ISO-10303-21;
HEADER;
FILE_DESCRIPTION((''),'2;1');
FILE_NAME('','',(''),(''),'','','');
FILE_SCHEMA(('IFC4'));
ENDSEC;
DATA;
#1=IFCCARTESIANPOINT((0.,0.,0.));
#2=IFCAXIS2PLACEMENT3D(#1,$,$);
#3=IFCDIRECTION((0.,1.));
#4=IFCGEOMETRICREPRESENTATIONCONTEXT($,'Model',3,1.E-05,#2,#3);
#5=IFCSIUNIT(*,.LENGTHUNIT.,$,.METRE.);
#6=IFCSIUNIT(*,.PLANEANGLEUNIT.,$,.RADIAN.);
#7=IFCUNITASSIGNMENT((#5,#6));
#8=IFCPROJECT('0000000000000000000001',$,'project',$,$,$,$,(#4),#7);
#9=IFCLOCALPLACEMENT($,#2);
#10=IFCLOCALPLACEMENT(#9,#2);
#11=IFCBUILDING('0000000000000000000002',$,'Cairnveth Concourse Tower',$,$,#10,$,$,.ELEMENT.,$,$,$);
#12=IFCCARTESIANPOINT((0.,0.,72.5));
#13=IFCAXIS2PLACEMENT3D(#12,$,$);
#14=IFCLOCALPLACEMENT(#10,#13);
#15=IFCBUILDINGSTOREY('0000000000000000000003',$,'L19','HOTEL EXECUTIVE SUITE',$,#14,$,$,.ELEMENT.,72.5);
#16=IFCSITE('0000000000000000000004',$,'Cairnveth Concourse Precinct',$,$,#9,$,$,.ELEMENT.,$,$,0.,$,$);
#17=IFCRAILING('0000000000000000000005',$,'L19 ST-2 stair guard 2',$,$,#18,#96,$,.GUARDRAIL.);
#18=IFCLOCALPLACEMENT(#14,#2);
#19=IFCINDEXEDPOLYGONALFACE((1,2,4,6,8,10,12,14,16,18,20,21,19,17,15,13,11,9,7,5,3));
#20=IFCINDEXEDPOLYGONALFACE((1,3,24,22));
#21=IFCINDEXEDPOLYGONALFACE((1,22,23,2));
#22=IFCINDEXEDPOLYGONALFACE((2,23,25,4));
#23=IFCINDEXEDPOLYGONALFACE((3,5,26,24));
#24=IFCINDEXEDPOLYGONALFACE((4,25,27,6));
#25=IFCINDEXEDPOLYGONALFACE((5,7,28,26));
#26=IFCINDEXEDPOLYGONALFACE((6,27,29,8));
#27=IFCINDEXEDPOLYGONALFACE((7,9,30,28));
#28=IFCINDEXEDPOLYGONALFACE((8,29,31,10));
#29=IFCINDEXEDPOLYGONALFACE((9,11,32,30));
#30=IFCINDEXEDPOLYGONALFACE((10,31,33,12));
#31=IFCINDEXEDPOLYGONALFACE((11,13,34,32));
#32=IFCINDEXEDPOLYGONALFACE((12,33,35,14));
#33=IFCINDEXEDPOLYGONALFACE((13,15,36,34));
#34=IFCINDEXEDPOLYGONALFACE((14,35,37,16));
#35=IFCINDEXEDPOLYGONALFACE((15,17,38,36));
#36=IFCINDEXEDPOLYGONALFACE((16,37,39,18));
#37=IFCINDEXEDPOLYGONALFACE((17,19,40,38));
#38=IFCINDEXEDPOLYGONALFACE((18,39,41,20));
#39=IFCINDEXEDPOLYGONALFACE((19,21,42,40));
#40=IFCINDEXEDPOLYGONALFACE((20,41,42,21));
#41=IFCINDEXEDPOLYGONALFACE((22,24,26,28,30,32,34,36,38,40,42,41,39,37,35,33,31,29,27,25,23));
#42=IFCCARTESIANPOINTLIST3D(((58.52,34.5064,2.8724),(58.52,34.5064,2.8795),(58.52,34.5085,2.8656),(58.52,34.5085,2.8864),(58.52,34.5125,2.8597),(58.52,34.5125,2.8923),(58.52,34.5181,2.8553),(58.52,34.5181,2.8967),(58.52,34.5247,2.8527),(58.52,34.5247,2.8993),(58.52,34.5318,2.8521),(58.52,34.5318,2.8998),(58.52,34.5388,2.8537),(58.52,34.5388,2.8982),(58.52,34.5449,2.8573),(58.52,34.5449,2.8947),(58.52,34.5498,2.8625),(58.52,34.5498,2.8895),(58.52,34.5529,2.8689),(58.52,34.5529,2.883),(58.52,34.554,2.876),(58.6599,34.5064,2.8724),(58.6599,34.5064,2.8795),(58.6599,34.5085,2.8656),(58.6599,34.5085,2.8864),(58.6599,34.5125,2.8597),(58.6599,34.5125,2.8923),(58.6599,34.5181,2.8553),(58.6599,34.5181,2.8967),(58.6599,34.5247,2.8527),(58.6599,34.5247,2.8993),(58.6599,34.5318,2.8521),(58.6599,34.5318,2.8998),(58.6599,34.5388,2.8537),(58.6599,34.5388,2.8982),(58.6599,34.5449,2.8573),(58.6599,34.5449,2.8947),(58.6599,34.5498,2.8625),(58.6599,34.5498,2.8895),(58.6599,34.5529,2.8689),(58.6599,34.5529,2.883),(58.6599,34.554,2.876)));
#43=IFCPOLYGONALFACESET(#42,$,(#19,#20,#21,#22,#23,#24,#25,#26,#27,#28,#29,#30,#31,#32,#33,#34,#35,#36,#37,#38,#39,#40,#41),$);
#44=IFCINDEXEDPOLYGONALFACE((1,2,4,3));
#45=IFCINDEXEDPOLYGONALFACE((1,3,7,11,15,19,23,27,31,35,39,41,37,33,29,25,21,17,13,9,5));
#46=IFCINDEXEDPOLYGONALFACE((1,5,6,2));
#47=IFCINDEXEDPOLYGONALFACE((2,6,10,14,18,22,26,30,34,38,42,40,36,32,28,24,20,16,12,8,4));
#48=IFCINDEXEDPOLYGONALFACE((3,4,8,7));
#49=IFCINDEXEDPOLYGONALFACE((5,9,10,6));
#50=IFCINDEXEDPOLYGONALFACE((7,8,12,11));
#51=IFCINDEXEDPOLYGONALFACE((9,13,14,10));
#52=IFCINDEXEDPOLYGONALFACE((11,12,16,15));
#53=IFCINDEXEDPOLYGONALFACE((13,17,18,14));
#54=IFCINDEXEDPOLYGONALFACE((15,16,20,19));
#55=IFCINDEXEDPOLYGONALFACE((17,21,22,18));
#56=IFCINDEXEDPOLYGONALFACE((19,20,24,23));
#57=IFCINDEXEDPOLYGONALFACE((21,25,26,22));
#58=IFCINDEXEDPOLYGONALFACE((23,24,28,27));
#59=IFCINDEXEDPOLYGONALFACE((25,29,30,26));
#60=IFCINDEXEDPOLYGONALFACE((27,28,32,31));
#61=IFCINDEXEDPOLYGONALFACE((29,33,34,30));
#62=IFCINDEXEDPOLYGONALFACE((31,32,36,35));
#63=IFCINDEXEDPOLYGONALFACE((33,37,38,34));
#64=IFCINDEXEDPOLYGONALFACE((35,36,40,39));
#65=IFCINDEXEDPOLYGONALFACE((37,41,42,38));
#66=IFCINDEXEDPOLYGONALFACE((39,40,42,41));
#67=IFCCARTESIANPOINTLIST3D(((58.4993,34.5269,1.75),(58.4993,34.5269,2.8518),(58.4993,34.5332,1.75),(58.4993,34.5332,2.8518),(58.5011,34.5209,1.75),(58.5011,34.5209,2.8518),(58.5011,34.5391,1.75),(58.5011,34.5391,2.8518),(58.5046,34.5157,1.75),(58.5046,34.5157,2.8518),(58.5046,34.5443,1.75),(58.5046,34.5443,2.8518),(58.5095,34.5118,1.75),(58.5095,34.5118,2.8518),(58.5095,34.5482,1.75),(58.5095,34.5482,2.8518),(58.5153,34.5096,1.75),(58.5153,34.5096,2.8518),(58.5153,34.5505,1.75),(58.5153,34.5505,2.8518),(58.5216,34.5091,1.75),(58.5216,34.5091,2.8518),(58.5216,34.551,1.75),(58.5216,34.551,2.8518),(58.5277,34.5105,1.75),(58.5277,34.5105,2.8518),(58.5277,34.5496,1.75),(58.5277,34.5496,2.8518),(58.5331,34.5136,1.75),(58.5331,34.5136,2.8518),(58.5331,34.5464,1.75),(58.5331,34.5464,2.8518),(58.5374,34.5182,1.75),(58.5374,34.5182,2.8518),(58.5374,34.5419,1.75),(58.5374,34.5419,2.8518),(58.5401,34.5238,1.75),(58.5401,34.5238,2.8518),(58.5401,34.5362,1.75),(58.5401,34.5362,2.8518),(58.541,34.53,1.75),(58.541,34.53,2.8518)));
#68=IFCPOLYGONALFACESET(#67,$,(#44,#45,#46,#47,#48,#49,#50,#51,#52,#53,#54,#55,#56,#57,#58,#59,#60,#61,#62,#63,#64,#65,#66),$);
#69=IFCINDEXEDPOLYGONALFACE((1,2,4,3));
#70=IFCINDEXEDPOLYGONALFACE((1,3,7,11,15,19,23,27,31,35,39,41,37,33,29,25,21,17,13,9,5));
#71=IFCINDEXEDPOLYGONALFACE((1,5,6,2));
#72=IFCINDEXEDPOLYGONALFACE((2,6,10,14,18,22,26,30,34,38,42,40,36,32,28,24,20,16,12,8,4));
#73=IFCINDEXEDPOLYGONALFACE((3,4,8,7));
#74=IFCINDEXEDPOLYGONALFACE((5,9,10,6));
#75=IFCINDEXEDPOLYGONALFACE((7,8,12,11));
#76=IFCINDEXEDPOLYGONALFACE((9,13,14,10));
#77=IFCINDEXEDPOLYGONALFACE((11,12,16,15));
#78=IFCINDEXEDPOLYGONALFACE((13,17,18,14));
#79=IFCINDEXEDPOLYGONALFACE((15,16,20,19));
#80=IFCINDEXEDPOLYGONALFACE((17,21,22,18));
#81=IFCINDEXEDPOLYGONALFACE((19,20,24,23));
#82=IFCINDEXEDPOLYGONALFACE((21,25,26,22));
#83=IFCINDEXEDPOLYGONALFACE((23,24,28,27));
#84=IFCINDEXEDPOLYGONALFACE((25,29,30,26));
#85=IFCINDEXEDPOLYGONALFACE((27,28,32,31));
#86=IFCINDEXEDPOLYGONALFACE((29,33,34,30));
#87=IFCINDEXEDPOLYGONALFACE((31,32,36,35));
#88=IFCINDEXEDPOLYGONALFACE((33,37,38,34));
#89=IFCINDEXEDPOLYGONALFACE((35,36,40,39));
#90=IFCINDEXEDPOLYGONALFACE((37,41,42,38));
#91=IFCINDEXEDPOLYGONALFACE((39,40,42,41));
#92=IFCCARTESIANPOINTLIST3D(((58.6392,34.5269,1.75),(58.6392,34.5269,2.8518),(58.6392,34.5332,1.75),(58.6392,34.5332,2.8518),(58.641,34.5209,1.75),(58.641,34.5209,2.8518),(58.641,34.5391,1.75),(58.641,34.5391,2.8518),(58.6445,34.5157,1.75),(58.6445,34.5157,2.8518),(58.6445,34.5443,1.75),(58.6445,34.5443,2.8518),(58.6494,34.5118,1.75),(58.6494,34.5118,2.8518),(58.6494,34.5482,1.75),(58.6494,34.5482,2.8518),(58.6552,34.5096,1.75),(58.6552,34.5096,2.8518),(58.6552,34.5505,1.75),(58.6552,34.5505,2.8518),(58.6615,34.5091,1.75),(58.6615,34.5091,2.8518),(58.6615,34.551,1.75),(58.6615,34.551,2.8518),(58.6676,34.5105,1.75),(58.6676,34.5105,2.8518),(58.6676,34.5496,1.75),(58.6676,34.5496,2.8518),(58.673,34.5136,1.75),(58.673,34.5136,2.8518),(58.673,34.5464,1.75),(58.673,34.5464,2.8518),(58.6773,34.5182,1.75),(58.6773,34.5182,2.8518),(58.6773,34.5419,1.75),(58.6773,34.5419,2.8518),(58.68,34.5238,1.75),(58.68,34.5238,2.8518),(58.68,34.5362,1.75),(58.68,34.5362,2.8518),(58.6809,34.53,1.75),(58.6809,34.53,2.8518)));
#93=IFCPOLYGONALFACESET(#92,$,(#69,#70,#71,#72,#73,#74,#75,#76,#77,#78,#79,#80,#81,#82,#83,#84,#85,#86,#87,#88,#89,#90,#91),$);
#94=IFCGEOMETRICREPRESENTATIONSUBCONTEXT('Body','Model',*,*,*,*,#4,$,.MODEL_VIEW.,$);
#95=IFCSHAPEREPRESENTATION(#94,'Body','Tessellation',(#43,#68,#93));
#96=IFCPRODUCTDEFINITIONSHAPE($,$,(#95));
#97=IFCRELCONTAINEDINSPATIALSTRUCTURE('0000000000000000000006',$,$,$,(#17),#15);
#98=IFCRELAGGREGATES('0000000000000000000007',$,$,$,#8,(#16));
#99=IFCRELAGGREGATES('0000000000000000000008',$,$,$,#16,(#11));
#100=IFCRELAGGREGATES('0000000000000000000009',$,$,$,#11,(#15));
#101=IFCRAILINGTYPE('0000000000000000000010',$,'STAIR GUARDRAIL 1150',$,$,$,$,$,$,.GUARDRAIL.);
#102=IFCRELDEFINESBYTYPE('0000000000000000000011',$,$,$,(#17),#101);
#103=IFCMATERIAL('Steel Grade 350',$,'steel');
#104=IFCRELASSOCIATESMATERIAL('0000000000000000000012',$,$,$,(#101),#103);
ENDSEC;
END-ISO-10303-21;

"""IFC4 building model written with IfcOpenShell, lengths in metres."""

from ifc_helpers import new_model, si_unit, direction, frame, origin, origin_2d, place, context, subcontext, project, spatial, circle, extrude, material, type_object, element, save


model = new_model("IFC4")

# Units and contexts
model_context = context("Model", 3, precision=1e-05, world=origin(), true_north=direction((0.0, 1.0)))
body_context = subcontext(model_context, "Body", "Model", "MODEL_VIEW")
ifc_project = project(units=[si_unit("LENGTHUNIT", "METRE"), si_unit("PLANEANGLEUNIT", "RADIAN")], contexts=[model_context])

# Site, building, storey
site_placement = place(None, origin())
site = spatial("IfcSite", under=ifc_project, at=site_placement, Name="Cairnveth Concourse Precinct", CompositionType="ELEMENT", RefElevation=0.0)
building_placement = place(site_placement, origin())
building = spatial("IfcBuilding", under=site, at=building_placement, Name="Cairnveth Concourse Tower", CompositionType="ELEMENT")
storey_placement = place(building_placement, frame((0.0, 0.0, 72.5)))
storey = spatial("IfcBuildingStorey", under=building, at=storey_placement, Name="L19", Description="HOTEL EXECUTIVE SUITE", CompositionType="ELEMENT", Elevation=72.5)

# Shared definitions
ifc_material_1 = material(Name="Steel Grade 350", Category="steel")

# Railing
railing_type_1 = type_object("IfcRailingType", Name="STAIR GUARDRAIL 1150", PredefinedType="GUARDRAIL", material=ifc_material_1)
railing_1_placement = place(storey_placement, frame((58.52, 34.53, 1.75)))
element("IfcRailing", 1, at=railing_1_placement, inside=storey, type_object=railing_type_1, Name="L19 ST-2 stair guard 2", PredefinedType="GUARDRAIL", context=body_context, shape_type="SweptSolid", body=[
    extrude(circle(Radius=0.0239, at=origin_2d()), frame((0.0, 0.0, 1.126), z_axis=(1.0, 0.0, 0.0), x_axis=(0.0, 1.0, 0.0)), (0.0, 0.0, 1.0), 0.1399),
    extrude(circle(Radius=0.021, at=origin_2d()), origin(), (0.0, 0.0, 1.0), 1.1018),
    extrude(circle(Radius=0.021, at=origin_2d()), frame((0.1399, 0.0, 0.0)), (0.0, 0.0, 1.0), 1.1018),
])

save(model, "model.ifc")
